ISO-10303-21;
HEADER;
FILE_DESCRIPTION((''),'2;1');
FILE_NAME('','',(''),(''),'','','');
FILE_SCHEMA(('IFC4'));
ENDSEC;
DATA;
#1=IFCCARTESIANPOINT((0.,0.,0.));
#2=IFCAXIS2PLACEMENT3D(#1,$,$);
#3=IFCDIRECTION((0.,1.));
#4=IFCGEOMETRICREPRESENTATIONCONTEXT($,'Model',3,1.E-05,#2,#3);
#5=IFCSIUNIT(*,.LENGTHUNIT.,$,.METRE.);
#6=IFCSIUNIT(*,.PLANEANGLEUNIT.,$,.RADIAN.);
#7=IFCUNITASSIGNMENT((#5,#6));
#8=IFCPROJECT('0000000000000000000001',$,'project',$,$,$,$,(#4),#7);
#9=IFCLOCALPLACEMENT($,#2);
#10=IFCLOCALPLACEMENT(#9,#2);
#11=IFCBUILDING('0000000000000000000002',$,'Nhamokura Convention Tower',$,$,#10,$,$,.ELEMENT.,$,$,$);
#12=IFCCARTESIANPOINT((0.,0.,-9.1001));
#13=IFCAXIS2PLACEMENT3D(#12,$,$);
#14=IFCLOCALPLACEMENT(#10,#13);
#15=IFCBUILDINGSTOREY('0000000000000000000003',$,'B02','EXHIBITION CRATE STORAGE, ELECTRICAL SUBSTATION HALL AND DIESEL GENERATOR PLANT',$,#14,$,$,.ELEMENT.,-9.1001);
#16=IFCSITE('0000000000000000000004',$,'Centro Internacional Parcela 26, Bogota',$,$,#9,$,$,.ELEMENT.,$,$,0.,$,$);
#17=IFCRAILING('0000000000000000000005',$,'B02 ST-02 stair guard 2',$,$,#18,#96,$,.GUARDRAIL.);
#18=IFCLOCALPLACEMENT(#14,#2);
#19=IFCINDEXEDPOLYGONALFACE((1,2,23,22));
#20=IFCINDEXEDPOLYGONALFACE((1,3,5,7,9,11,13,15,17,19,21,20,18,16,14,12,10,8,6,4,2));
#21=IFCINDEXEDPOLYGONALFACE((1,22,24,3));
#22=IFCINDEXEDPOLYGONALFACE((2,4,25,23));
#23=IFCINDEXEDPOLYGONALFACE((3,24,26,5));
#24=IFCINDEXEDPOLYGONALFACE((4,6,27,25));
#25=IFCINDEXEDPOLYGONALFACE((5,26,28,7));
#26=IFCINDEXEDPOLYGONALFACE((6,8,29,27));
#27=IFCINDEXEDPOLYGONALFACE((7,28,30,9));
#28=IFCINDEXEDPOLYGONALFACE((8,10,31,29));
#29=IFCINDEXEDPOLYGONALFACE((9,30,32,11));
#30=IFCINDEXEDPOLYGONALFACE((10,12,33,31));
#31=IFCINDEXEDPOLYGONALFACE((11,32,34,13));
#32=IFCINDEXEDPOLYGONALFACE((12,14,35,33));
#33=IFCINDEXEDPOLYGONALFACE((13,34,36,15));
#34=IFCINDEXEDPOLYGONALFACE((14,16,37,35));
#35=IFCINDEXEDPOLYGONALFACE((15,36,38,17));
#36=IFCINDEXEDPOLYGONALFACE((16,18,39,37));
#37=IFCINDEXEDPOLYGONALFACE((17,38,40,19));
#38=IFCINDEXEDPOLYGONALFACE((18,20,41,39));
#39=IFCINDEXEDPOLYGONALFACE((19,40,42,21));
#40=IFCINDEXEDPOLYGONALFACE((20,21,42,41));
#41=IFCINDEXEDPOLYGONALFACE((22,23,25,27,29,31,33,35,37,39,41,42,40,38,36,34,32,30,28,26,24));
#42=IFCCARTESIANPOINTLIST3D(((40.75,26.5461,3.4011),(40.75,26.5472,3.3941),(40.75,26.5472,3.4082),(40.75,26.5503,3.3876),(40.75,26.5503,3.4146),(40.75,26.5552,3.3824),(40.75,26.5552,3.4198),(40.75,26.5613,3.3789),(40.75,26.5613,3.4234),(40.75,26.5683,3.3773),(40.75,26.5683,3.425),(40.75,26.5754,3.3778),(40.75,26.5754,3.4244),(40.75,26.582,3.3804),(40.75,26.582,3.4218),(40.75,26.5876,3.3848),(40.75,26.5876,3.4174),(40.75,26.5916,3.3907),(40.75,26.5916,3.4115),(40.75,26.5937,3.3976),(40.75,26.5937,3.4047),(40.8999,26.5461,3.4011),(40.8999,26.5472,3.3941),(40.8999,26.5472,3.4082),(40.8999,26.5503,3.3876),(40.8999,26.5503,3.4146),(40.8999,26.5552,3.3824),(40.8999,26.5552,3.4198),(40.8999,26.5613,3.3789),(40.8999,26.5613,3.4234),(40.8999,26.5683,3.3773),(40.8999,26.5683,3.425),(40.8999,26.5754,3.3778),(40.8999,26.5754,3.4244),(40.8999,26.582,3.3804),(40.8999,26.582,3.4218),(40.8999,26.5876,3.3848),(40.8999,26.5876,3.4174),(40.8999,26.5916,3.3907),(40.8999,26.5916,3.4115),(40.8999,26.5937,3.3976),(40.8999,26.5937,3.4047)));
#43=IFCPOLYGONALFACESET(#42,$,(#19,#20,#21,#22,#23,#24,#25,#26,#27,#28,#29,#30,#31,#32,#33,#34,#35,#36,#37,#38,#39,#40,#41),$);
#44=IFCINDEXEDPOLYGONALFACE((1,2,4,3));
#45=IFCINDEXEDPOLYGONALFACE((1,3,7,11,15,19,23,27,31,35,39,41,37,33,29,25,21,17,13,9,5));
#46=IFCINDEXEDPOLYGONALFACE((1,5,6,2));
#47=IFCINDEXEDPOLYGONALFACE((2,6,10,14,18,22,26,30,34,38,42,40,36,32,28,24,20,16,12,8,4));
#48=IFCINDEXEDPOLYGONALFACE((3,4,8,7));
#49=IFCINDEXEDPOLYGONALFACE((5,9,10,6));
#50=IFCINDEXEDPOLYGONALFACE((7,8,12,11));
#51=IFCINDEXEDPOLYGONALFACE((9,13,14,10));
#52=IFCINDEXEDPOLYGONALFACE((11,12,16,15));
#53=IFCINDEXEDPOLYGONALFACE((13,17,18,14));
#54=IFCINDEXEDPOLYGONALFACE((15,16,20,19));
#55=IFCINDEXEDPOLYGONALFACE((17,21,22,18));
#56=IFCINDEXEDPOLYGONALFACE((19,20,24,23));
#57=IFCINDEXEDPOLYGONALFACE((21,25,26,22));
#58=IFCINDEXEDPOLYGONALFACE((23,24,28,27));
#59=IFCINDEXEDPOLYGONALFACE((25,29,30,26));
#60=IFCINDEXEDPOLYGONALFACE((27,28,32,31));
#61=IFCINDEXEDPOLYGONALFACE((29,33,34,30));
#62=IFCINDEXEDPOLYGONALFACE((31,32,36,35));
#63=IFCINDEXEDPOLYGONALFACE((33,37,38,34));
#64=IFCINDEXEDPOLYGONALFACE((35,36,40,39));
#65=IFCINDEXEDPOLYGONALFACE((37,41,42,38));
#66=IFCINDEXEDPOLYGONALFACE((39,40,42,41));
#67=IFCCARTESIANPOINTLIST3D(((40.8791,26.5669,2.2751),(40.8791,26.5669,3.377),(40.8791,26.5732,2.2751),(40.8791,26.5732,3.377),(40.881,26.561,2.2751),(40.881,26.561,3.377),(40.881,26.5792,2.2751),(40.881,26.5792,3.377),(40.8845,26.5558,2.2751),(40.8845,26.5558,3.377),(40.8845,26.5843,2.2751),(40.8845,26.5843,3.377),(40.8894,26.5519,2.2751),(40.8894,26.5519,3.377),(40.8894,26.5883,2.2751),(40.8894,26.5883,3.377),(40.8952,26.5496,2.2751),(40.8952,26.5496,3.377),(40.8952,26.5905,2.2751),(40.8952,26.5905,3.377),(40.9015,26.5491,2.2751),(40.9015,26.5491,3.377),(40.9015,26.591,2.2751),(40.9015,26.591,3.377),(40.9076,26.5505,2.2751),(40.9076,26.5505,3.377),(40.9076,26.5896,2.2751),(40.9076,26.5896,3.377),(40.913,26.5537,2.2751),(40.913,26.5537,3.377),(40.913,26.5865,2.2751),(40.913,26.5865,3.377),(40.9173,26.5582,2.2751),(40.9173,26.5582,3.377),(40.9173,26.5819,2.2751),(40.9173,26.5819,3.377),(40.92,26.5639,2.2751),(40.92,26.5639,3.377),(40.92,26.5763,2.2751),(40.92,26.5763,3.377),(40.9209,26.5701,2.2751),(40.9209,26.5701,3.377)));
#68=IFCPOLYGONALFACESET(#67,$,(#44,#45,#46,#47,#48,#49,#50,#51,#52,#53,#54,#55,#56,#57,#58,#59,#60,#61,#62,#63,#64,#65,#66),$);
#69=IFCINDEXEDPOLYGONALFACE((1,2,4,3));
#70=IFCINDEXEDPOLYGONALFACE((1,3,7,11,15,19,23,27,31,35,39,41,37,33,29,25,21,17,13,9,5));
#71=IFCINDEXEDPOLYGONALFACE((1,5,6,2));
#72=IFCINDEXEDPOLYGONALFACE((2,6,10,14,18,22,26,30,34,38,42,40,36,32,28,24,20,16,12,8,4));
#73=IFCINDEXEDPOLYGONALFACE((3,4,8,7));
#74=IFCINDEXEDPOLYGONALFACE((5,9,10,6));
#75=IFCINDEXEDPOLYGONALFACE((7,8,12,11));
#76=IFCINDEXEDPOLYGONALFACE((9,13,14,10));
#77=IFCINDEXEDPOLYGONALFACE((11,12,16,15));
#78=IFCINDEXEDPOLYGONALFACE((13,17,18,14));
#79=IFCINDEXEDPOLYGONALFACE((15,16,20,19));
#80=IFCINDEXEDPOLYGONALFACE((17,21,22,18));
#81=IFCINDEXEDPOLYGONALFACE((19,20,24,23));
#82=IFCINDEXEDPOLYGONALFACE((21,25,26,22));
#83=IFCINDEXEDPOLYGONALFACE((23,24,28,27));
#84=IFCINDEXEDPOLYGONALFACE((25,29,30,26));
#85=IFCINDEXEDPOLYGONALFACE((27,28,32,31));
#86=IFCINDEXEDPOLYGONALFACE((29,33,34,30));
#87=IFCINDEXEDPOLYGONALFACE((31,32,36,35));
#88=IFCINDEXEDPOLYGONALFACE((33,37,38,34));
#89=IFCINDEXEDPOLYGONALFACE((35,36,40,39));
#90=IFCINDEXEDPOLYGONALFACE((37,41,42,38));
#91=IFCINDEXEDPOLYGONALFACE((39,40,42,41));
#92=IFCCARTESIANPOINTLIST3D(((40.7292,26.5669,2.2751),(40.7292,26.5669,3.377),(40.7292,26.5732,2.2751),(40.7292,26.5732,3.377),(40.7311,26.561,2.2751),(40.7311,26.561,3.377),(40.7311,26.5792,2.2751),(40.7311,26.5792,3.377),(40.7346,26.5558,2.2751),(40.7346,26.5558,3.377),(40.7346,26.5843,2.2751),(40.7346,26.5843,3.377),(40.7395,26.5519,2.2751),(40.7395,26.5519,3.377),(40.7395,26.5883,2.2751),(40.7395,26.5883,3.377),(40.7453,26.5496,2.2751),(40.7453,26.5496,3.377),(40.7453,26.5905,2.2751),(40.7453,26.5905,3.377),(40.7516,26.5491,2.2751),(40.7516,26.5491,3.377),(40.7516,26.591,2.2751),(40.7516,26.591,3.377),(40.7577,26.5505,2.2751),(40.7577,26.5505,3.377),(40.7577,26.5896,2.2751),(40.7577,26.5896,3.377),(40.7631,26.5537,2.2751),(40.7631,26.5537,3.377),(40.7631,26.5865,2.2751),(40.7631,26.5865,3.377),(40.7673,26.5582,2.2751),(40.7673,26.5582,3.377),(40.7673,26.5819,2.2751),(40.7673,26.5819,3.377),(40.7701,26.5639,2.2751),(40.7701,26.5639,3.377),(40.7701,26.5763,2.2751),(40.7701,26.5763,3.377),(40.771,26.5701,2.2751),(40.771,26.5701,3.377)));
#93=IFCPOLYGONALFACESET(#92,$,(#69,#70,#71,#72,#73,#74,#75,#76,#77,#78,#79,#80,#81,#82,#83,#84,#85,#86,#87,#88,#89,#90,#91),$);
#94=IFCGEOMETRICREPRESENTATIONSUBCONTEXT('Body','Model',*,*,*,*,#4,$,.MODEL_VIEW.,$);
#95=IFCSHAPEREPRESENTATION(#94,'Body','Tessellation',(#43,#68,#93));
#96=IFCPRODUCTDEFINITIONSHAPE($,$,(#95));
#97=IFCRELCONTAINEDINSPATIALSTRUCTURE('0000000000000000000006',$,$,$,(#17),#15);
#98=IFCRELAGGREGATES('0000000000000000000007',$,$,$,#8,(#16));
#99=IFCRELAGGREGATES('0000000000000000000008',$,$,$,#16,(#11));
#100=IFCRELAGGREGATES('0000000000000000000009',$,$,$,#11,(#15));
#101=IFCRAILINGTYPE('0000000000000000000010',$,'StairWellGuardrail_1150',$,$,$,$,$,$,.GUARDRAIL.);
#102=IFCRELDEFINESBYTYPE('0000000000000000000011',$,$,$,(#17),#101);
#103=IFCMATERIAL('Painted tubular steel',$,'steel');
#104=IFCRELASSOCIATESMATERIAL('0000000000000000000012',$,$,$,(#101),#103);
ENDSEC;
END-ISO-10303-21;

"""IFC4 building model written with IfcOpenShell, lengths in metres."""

from ifc_helpers import new_model, si_unit, direction, frame, origin, origin_2d, place, context, subcontext, project, spatial, circle, extrude, material, type_object, element, save


model = new_model("IFC4")

# Units and contexts
model_context = context("Model", 3, precision=1e-05, world=origin(), true_north=direction((0.0, 1.0)))
body_context = subcontext(model_context, "Body", "Model", "MODEL_VIEW")
ifc_project = project(units=[si_unit("LENGTHUNIT", "METRE"), si_unit("PLANEANGLEUNIT", "RADIAN")], contexts=[model_context])

# Site, building, storey
site_placement = place(None, origin())
site = spatial("IfcSite", under=ifc_project, at=site_placement, Name="Centro Internacional Parcela 26, Bogota", CompositionType="ELEMENT", RefElevation=0.0)
building_placement = place(site_placement, origin())
building = spatial("IfcBuilding", under=site, at=building_placement, Name="Nhamokura Convention Tower", CompositionType="ELEMENT")
storey_placement = place(building_placement, frame((0.0, 0.0, -9.1001)))
storey = spatial("IfcBuildingStorey", under=building, at=storey_placement, Name="B02", Description="EXHIBITION CRATE STORAGE, ELECTRICAL SUBSTATION HALL AND DIESEL GENERATOR PLANT", CompositionType="ELEMENT", Elevation=-9.1001)

# Railing
ifc_material_1 = material(Name="Painted tubular steel", Category="steel")
railing_type_1 = type_object("IfcRailingType", Name="StairWellGuardrail_1150", PredefinedType="GUARDRAIL", material=ifc_material_1)
railing_1_placement = place(storey_placement, frame((40.8999, 26.5701, 2.2751)))
element("IfcRailing", 1, at=railing_1_placement, inside=storey, type_object=railing_type_1, Name="B02 ST-02 stair guard 2", PredefinedType="GUARDRAIL", context=body_context, shape_type="SweptSolid", body=[
    extrude(circle(Radius=0.0239, at=origin_2d()), frame((0.0, 0.0, 1.126), z_axis=(-1.0, 0.0, 0.0), x_axis=(0.0, -1.0, 0.0)), (0.0, 0.0, 1.0), 0.1499),
    extrude(circle(Radius=0.021, at=origin_2d()), origin(), (0.0, 0.0, 1.0), 1.1018),
    extrude(circle(Radius=0.021, at=origin_2d()), frame((-0.1499, 0.0, 0.0)), (0.0, 0.0, 1.0), 1.1018),
])

save(model, "model.ifc")
